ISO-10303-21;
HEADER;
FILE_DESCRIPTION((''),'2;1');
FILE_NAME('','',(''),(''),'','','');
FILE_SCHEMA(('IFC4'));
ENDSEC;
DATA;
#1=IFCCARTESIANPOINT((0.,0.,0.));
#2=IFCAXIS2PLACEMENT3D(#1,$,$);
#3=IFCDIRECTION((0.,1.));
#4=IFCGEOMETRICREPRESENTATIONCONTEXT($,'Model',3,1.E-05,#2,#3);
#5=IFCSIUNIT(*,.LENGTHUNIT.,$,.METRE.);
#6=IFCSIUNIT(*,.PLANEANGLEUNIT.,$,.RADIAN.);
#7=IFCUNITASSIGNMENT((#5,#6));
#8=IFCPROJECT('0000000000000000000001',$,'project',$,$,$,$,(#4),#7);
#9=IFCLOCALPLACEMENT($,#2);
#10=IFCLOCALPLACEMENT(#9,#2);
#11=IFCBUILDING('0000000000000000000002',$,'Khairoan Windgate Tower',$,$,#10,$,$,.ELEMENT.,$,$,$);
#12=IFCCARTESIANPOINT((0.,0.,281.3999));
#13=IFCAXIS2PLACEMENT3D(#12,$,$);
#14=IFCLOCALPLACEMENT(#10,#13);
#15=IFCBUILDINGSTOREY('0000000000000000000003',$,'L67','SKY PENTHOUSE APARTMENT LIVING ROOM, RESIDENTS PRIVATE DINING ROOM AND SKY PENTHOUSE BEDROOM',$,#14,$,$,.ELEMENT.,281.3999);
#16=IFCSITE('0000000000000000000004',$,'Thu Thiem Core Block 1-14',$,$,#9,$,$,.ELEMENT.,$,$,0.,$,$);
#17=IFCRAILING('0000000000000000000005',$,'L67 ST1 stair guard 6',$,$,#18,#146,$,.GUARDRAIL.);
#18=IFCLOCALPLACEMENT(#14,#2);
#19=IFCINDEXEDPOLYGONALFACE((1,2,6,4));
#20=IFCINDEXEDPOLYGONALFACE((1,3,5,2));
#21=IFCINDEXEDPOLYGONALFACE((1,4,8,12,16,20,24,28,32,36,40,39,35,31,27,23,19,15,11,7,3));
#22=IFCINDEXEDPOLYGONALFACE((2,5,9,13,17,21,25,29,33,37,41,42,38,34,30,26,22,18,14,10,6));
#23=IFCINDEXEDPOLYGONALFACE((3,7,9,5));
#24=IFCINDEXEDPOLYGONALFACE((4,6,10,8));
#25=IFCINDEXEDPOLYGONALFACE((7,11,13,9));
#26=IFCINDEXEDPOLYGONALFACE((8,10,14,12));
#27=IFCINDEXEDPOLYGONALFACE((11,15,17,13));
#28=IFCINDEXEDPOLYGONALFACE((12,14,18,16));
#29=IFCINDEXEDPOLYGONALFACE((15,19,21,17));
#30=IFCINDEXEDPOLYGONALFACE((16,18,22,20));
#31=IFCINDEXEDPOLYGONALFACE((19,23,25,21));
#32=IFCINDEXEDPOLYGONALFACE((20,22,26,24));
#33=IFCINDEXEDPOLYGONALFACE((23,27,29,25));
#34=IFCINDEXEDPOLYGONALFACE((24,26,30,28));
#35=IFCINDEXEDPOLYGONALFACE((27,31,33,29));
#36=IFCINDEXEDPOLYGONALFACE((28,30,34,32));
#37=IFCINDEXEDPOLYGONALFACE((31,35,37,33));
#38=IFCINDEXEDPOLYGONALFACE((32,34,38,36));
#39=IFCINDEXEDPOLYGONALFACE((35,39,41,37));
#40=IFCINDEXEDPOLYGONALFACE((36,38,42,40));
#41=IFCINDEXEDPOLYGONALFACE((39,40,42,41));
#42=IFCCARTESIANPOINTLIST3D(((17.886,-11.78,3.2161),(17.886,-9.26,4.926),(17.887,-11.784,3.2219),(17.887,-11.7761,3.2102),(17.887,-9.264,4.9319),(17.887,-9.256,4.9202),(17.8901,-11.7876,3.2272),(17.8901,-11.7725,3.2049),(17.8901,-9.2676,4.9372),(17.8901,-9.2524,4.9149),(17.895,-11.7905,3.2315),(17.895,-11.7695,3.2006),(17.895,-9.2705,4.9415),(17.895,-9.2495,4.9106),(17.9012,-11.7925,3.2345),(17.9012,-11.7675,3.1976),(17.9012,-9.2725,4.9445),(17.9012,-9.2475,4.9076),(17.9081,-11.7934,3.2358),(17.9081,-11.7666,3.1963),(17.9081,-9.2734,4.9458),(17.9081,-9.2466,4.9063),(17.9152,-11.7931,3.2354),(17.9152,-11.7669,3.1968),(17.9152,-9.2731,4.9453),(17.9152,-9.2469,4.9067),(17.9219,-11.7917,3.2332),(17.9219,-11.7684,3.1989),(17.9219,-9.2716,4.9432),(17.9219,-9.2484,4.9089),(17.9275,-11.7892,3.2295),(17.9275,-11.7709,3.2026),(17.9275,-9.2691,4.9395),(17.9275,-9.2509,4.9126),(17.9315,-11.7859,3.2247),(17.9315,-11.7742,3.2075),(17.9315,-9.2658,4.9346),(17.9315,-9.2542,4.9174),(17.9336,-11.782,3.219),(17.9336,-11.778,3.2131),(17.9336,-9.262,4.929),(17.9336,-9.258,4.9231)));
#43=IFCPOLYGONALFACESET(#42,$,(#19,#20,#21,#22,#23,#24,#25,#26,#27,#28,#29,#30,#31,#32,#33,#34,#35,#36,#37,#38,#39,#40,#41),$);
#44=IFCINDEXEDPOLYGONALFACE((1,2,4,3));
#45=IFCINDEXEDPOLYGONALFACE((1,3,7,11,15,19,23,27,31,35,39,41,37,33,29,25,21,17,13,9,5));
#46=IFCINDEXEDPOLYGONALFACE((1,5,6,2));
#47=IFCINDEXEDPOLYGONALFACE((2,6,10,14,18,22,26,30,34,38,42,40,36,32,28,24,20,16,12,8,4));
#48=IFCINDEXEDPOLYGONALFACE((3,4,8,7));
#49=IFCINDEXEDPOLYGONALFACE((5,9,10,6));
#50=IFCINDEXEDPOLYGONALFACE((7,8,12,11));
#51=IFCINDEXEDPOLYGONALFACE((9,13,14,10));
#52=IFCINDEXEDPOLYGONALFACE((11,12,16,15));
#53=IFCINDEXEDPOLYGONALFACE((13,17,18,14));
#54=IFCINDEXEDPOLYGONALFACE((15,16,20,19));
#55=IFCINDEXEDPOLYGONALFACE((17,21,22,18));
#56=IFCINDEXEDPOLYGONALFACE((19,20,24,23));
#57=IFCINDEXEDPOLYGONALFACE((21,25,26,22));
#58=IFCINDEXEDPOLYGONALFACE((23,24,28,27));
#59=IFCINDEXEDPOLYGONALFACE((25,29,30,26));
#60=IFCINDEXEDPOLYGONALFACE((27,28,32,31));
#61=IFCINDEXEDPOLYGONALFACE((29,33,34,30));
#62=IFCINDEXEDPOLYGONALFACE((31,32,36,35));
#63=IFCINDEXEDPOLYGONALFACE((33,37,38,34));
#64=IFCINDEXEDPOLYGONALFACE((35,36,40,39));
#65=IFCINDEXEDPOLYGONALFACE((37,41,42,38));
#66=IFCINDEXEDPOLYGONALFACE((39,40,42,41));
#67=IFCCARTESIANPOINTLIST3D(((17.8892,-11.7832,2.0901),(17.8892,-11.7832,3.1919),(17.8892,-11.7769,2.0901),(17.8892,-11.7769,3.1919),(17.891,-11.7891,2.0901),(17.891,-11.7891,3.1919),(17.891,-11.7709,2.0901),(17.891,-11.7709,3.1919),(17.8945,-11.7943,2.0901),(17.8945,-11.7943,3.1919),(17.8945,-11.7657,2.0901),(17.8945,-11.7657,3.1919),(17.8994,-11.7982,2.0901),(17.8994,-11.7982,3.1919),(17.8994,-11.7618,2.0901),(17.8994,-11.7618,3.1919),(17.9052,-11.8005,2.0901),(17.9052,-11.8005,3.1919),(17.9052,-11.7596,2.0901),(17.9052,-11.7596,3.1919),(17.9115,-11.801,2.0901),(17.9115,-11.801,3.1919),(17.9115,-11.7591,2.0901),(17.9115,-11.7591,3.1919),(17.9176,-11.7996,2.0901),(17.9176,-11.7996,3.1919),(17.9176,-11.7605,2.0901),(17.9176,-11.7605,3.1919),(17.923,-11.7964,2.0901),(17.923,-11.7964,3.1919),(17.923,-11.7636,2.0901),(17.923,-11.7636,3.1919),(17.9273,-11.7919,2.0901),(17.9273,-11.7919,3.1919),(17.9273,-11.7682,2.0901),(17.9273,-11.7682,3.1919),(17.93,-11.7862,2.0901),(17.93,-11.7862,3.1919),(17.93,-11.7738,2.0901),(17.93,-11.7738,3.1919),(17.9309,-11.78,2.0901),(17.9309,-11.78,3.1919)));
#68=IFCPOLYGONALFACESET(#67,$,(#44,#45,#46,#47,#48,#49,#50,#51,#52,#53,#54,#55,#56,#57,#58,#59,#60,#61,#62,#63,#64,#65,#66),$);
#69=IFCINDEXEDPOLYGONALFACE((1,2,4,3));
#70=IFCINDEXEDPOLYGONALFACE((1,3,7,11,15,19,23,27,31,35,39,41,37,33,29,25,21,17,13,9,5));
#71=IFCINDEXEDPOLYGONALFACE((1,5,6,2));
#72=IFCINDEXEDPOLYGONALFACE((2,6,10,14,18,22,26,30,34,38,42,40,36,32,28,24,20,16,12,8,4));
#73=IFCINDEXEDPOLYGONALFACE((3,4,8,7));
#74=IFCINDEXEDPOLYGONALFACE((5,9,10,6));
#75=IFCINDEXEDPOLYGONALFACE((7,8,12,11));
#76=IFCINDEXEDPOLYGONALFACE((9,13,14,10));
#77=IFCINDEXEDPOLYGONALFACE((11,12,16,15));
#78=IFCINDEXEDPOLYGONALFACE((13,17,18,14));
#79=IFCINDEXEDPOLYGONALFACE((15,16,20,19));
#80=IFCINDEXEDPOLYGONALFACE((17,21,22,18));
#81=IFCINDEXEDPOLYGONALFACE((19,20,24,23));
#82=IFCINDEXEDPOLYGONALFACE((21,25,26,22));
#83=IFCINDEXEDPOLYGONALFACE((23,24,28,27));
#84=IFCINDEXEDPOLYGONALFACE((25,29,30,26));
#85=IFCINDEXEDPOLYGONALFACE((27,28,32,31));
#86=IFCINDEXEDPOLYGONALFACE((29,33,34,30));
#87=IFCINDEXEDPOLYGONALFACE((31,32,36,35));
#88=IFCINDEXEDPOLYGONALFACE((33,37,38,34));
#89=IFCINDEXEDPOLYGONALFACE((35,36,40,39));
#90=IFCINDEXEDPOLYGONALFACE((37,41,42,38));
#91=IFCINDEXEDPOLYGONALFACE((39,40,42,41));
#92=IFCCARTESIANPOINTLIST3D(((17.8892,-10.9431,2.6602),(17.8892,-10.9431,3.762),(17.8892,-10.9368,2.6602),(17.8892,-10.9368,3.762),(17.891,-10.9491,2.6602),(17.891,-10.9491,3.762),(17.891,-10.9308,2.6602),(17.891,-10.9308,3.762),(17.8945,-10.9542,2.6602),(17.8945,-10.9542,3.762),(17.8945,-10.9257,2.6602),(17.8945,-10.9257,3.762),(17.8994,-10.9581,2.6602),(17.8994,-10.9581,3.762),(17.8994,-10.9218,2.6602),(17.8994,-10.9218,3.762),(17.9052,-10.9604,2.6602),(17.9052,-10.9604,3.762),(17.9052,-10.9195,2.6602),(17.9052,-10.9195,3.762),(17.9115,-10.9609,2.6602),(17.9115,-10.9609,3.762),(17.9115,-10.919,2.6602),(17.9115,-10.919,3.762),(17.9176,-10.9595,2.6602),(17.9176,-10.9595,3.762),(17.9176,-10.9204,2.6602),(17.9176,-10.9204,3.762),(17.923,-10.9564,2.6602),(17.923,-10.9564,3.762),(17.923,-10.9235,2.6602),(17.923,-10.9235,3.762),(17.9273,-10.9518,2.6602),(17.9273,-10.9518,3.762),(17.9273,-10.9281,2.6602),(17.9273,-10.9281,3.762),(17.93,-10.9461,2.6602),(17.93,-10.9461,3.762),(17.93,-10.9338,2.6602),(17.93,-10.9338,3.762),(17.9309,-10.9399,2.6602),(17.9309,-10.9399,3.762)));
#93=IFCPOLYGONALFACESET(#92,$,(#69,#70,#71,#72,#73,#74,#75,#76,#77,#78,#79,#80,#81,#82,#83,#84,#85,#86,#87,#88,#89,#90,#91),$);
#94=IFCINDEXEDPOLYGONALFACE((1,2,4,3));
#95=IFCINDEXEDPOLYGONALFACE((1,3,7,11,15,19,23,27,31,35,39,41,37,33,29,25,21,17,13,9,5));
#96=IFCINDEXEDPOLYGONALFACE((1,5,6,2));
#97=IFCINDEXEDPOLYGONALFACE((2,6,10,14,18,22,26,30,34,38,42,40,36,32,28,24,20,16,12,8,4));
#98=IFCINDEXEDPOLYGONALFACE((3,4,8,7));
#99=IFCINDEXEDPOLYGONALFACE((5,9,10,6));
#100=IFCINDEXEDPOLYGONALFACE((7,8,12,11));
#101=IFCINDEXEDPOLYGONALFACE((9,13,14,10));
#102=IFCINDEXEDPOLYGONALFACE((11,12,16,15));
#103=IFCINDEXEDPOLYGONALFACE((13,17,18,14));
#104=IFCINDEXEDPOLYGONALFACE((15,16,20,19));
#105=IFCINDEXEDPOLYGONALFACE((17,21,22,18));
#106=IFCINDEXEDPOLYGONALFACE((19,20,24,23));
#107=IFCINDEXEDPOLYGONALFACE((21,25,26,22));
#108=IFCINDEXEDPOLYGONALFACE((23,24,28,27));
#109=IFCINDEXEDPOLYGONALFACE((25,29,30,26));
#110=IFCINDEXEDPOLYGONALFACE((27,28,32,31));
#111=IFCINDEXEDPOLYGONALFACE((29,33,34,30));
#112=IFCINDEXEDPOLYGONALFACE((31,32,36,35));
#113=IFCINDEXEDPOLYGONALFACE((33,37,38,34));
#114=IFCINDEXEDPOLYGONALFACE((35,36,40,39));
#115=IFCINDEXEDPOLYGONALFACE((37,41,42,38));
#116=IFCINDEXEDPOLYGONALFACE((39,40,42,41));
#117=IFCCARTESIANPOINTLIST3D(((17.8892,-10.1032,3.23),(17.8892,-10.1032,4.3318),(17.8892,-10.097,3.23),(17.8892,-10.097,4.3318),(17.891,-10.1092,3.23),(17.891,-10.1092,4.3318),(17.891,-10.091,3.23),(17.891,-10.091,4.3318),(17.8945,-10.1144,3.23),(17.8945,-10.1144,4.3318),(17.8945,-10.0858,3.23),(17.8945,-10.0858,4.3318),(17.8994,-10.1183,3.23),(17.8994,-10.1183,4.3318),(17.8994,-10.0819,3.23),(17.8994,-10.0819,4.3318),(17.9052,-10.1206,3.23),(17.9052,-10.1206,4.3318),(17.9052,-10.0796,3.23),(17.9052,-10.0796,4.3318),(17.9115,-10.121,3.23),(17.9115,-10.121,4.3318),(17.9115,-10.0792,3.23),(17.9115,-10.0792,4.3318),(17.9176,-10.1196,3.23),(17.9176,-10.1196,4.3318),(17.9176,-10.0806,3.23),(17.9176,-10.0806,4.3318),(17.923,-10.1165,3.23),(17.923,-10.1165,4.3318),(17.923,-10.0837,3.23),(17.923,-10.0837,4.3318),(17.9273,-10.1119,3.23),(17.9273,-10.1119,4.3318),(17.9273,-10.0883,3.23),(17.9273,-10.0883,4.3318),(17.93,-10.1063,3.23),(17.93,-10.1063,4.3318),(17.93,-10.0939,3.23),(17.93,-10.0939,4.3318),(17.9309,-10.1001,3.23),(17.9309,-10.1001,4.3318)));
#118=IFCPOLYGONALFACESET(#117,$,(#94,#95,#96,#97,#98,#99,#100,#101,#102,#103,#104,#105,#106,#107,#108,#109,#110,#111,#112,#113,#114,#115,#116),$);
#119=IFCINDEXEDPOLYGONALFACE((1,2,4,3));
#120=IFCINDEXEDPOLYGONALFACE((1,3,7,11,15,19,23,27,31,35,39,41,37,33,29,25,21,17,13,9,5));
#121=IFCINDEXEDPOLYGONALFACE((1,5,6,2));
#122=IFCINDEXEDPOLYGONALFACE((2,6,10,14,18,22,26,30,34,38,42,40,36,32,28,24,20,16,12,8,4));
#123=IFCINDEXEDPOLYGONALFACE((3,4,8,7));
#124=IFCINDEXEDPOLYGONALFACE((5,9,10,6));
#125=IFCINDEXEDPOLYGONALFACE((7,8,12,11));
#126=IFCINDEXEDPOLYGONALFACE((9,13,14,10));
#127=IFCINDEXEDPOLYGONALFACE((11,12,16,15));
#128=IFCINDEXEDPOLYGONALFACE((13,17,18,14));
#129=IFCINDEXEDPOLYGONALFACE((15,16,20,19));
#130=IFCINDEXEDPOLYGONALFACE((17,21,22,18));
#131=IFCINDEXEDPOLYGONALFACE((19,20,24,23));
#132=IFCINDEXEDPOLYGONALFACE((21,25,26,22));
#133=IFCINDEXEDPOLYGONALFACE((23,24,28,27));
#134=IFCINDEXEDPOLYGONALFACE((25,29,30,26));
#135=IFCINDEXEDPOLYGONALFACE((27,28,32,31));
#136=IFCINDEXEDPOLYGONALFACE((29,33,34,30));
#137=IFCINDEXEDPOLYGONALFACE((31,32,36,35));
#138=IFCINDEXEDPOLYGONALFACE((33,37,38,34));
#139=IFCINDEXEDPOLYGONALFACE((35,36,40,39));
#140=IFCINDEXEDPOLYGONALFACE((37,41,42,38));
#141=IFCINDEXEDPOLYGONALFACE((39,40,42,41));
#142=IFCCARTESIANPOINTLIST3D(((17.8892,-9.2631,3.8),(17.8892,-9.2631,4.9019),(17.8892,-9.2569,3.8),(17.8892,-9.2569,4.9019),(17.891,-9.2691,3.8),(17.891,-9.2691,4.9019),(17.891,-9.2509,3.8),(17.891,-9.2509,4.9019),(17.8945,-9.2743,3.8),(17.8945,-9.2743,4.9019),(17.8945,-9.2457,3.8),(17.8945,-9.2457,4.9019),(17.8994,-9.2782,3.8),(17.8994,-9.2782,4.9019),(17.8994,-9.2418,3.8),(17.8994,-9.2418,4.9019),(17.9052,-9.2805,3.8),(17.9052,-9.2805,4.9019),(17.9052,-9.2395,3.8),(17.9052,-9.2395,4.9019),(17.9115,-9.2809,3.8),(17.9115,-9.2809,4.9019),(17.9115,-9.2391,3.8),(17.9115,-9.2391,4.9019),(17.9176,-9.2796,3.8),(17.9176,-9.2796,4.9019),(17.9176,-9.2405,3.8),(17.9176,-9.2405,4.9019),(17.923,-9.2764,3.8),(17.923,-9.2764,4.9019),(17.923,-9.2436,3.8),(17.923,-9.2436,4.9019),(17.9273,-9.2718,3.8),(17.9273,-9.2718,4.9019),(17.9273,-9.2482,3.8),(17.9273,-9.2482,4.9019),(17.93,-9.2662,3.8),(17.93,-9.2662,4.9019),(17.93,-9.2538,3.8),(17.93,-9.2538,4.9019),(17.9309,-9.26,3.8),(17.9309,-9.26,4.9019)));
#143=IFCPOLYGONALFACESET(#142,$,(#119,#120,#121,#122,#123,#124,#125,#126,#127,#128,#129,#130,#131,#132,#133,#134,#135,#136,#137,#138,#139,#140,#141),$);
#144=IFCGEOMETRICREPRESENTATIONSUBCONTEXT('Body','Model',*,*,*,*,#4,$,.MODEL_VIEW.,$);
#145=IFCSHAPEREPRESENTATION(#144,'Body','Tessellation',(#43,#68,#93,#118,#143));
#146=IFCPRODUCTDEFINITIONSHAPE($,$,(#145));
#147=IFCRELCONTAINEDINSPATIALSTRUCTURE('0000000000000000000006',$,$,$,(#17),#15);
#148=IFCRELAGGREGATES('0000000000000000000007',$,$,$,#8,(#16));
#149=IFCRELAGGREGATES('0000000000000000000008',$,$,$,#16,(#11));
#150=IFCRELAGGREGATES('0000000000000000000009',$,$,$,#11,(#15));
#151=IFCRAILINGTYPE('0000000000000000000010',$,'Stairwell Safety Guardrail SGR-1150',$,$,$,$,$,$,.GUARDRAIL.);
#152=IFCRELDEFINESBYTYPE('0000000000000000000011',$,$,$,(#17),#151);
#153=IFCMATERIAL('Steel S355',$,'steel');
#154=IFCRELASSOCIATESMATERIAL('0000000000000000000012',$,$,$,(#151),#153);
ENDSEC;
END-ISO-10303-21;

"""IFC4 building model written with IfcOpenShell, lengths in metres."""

from ifc_helpers import new_model, si_unit, direction, frame, origin, origin_2d, place, context, subcontext, project, spatial, circle, extrude, material, type_object, element, save


model = new_model("IFC4")

# Units and contexts
model_context = context("Model", 3, precision=1e-05, world=origin(), true_north=direction((0.0, 1.0)))
body_context = subcontext(model_context, "Body", "Model", "MODEL_VIEW")
ifc_project = project(units=[si_unit("LENGTHUNIT", "METRE"), si_unit("PLANEANGLEUNIT", "RADIAN")], contexts=[model_context])

# Site, building, storey
site_placement = place(None, origin())
site = spatial("IfcSite", under=ifc_project, at=site_placement, Name="Thu Thiem Core Block 1-14", CompositionType="ELEMENT", RefElevation=0.0)
building_placement = place(site_placement, origin())
building = spatial("IfcBuilding", under=site, at=building_placement, Name="Khairoan Windgate Tower", CompositionType="ELEMENT")
storey_placement = place(building_placement, frame((0.0, 0.0, 281.3999)))
storey = spatial("IfcBuildingStorey", under=building, at=storey_placement, Name="L67", Description="SKY PENTHOUSE APARTMENT LIVING ROOM, RESIDENTS PRIVATE DINING ROOM AND SKY PENTHOUSE BEDROOM", CompositionType="ELEMENT", Elevation=281.3999)

# Railing
ifc_material_1 = material(Name="Steel S355", Category="steel")
railing_type = type_object("IfcRailingType", Name="Stairwell Safety Guardrail SGR-1150", PredefinedType="GUARDRAIL", material=ifc_material_1)
railing_1_placement = place(storey_placement, frame((17.9099, -11.78, 2.0901)))
element("IfcRailing", 1, at=railing_1_placement, inside=storey, type_object=railing_type, Name="L67 ST1 stair guard 6", PredefinedType="GUARDRAIL", context=body_context, shape_type="SweptSolid", body=[
    extrude(circle(Radius=0.0239, at=origin_2d()), frame((0.0, 0.0, 1.126), z_axis=(0.0, 0.827484, 0.56149), x_axis=(-1.0, 0.0, 0.0)), (0.0, 0.0, 1.0), 3.0454),
    extrude(circle(Radius=0.021, at=origin_2d()), origin(), (0.0, 0.0, 1.0), 1.1018),
    extrude(circle(Radius=0.021, at=origin_2d()), frame((0.0, 0.8401, 0.5701)), (0.0, 0.0, 1.0), 1.1018),
    extrude(circle(Radius=0.021, at=origin_2d()), frame((0.0, 1.6799, 1.1399)), (0.0, 0.0, 1.0), 1.1018),
    extrude(circle(Radius=0.021, at=origin_2d()), frame((0.0, 2.52, 1.71)), (0.0, 0.0, 1.0), 1.1018),
])

save(model, "model.ifc")
